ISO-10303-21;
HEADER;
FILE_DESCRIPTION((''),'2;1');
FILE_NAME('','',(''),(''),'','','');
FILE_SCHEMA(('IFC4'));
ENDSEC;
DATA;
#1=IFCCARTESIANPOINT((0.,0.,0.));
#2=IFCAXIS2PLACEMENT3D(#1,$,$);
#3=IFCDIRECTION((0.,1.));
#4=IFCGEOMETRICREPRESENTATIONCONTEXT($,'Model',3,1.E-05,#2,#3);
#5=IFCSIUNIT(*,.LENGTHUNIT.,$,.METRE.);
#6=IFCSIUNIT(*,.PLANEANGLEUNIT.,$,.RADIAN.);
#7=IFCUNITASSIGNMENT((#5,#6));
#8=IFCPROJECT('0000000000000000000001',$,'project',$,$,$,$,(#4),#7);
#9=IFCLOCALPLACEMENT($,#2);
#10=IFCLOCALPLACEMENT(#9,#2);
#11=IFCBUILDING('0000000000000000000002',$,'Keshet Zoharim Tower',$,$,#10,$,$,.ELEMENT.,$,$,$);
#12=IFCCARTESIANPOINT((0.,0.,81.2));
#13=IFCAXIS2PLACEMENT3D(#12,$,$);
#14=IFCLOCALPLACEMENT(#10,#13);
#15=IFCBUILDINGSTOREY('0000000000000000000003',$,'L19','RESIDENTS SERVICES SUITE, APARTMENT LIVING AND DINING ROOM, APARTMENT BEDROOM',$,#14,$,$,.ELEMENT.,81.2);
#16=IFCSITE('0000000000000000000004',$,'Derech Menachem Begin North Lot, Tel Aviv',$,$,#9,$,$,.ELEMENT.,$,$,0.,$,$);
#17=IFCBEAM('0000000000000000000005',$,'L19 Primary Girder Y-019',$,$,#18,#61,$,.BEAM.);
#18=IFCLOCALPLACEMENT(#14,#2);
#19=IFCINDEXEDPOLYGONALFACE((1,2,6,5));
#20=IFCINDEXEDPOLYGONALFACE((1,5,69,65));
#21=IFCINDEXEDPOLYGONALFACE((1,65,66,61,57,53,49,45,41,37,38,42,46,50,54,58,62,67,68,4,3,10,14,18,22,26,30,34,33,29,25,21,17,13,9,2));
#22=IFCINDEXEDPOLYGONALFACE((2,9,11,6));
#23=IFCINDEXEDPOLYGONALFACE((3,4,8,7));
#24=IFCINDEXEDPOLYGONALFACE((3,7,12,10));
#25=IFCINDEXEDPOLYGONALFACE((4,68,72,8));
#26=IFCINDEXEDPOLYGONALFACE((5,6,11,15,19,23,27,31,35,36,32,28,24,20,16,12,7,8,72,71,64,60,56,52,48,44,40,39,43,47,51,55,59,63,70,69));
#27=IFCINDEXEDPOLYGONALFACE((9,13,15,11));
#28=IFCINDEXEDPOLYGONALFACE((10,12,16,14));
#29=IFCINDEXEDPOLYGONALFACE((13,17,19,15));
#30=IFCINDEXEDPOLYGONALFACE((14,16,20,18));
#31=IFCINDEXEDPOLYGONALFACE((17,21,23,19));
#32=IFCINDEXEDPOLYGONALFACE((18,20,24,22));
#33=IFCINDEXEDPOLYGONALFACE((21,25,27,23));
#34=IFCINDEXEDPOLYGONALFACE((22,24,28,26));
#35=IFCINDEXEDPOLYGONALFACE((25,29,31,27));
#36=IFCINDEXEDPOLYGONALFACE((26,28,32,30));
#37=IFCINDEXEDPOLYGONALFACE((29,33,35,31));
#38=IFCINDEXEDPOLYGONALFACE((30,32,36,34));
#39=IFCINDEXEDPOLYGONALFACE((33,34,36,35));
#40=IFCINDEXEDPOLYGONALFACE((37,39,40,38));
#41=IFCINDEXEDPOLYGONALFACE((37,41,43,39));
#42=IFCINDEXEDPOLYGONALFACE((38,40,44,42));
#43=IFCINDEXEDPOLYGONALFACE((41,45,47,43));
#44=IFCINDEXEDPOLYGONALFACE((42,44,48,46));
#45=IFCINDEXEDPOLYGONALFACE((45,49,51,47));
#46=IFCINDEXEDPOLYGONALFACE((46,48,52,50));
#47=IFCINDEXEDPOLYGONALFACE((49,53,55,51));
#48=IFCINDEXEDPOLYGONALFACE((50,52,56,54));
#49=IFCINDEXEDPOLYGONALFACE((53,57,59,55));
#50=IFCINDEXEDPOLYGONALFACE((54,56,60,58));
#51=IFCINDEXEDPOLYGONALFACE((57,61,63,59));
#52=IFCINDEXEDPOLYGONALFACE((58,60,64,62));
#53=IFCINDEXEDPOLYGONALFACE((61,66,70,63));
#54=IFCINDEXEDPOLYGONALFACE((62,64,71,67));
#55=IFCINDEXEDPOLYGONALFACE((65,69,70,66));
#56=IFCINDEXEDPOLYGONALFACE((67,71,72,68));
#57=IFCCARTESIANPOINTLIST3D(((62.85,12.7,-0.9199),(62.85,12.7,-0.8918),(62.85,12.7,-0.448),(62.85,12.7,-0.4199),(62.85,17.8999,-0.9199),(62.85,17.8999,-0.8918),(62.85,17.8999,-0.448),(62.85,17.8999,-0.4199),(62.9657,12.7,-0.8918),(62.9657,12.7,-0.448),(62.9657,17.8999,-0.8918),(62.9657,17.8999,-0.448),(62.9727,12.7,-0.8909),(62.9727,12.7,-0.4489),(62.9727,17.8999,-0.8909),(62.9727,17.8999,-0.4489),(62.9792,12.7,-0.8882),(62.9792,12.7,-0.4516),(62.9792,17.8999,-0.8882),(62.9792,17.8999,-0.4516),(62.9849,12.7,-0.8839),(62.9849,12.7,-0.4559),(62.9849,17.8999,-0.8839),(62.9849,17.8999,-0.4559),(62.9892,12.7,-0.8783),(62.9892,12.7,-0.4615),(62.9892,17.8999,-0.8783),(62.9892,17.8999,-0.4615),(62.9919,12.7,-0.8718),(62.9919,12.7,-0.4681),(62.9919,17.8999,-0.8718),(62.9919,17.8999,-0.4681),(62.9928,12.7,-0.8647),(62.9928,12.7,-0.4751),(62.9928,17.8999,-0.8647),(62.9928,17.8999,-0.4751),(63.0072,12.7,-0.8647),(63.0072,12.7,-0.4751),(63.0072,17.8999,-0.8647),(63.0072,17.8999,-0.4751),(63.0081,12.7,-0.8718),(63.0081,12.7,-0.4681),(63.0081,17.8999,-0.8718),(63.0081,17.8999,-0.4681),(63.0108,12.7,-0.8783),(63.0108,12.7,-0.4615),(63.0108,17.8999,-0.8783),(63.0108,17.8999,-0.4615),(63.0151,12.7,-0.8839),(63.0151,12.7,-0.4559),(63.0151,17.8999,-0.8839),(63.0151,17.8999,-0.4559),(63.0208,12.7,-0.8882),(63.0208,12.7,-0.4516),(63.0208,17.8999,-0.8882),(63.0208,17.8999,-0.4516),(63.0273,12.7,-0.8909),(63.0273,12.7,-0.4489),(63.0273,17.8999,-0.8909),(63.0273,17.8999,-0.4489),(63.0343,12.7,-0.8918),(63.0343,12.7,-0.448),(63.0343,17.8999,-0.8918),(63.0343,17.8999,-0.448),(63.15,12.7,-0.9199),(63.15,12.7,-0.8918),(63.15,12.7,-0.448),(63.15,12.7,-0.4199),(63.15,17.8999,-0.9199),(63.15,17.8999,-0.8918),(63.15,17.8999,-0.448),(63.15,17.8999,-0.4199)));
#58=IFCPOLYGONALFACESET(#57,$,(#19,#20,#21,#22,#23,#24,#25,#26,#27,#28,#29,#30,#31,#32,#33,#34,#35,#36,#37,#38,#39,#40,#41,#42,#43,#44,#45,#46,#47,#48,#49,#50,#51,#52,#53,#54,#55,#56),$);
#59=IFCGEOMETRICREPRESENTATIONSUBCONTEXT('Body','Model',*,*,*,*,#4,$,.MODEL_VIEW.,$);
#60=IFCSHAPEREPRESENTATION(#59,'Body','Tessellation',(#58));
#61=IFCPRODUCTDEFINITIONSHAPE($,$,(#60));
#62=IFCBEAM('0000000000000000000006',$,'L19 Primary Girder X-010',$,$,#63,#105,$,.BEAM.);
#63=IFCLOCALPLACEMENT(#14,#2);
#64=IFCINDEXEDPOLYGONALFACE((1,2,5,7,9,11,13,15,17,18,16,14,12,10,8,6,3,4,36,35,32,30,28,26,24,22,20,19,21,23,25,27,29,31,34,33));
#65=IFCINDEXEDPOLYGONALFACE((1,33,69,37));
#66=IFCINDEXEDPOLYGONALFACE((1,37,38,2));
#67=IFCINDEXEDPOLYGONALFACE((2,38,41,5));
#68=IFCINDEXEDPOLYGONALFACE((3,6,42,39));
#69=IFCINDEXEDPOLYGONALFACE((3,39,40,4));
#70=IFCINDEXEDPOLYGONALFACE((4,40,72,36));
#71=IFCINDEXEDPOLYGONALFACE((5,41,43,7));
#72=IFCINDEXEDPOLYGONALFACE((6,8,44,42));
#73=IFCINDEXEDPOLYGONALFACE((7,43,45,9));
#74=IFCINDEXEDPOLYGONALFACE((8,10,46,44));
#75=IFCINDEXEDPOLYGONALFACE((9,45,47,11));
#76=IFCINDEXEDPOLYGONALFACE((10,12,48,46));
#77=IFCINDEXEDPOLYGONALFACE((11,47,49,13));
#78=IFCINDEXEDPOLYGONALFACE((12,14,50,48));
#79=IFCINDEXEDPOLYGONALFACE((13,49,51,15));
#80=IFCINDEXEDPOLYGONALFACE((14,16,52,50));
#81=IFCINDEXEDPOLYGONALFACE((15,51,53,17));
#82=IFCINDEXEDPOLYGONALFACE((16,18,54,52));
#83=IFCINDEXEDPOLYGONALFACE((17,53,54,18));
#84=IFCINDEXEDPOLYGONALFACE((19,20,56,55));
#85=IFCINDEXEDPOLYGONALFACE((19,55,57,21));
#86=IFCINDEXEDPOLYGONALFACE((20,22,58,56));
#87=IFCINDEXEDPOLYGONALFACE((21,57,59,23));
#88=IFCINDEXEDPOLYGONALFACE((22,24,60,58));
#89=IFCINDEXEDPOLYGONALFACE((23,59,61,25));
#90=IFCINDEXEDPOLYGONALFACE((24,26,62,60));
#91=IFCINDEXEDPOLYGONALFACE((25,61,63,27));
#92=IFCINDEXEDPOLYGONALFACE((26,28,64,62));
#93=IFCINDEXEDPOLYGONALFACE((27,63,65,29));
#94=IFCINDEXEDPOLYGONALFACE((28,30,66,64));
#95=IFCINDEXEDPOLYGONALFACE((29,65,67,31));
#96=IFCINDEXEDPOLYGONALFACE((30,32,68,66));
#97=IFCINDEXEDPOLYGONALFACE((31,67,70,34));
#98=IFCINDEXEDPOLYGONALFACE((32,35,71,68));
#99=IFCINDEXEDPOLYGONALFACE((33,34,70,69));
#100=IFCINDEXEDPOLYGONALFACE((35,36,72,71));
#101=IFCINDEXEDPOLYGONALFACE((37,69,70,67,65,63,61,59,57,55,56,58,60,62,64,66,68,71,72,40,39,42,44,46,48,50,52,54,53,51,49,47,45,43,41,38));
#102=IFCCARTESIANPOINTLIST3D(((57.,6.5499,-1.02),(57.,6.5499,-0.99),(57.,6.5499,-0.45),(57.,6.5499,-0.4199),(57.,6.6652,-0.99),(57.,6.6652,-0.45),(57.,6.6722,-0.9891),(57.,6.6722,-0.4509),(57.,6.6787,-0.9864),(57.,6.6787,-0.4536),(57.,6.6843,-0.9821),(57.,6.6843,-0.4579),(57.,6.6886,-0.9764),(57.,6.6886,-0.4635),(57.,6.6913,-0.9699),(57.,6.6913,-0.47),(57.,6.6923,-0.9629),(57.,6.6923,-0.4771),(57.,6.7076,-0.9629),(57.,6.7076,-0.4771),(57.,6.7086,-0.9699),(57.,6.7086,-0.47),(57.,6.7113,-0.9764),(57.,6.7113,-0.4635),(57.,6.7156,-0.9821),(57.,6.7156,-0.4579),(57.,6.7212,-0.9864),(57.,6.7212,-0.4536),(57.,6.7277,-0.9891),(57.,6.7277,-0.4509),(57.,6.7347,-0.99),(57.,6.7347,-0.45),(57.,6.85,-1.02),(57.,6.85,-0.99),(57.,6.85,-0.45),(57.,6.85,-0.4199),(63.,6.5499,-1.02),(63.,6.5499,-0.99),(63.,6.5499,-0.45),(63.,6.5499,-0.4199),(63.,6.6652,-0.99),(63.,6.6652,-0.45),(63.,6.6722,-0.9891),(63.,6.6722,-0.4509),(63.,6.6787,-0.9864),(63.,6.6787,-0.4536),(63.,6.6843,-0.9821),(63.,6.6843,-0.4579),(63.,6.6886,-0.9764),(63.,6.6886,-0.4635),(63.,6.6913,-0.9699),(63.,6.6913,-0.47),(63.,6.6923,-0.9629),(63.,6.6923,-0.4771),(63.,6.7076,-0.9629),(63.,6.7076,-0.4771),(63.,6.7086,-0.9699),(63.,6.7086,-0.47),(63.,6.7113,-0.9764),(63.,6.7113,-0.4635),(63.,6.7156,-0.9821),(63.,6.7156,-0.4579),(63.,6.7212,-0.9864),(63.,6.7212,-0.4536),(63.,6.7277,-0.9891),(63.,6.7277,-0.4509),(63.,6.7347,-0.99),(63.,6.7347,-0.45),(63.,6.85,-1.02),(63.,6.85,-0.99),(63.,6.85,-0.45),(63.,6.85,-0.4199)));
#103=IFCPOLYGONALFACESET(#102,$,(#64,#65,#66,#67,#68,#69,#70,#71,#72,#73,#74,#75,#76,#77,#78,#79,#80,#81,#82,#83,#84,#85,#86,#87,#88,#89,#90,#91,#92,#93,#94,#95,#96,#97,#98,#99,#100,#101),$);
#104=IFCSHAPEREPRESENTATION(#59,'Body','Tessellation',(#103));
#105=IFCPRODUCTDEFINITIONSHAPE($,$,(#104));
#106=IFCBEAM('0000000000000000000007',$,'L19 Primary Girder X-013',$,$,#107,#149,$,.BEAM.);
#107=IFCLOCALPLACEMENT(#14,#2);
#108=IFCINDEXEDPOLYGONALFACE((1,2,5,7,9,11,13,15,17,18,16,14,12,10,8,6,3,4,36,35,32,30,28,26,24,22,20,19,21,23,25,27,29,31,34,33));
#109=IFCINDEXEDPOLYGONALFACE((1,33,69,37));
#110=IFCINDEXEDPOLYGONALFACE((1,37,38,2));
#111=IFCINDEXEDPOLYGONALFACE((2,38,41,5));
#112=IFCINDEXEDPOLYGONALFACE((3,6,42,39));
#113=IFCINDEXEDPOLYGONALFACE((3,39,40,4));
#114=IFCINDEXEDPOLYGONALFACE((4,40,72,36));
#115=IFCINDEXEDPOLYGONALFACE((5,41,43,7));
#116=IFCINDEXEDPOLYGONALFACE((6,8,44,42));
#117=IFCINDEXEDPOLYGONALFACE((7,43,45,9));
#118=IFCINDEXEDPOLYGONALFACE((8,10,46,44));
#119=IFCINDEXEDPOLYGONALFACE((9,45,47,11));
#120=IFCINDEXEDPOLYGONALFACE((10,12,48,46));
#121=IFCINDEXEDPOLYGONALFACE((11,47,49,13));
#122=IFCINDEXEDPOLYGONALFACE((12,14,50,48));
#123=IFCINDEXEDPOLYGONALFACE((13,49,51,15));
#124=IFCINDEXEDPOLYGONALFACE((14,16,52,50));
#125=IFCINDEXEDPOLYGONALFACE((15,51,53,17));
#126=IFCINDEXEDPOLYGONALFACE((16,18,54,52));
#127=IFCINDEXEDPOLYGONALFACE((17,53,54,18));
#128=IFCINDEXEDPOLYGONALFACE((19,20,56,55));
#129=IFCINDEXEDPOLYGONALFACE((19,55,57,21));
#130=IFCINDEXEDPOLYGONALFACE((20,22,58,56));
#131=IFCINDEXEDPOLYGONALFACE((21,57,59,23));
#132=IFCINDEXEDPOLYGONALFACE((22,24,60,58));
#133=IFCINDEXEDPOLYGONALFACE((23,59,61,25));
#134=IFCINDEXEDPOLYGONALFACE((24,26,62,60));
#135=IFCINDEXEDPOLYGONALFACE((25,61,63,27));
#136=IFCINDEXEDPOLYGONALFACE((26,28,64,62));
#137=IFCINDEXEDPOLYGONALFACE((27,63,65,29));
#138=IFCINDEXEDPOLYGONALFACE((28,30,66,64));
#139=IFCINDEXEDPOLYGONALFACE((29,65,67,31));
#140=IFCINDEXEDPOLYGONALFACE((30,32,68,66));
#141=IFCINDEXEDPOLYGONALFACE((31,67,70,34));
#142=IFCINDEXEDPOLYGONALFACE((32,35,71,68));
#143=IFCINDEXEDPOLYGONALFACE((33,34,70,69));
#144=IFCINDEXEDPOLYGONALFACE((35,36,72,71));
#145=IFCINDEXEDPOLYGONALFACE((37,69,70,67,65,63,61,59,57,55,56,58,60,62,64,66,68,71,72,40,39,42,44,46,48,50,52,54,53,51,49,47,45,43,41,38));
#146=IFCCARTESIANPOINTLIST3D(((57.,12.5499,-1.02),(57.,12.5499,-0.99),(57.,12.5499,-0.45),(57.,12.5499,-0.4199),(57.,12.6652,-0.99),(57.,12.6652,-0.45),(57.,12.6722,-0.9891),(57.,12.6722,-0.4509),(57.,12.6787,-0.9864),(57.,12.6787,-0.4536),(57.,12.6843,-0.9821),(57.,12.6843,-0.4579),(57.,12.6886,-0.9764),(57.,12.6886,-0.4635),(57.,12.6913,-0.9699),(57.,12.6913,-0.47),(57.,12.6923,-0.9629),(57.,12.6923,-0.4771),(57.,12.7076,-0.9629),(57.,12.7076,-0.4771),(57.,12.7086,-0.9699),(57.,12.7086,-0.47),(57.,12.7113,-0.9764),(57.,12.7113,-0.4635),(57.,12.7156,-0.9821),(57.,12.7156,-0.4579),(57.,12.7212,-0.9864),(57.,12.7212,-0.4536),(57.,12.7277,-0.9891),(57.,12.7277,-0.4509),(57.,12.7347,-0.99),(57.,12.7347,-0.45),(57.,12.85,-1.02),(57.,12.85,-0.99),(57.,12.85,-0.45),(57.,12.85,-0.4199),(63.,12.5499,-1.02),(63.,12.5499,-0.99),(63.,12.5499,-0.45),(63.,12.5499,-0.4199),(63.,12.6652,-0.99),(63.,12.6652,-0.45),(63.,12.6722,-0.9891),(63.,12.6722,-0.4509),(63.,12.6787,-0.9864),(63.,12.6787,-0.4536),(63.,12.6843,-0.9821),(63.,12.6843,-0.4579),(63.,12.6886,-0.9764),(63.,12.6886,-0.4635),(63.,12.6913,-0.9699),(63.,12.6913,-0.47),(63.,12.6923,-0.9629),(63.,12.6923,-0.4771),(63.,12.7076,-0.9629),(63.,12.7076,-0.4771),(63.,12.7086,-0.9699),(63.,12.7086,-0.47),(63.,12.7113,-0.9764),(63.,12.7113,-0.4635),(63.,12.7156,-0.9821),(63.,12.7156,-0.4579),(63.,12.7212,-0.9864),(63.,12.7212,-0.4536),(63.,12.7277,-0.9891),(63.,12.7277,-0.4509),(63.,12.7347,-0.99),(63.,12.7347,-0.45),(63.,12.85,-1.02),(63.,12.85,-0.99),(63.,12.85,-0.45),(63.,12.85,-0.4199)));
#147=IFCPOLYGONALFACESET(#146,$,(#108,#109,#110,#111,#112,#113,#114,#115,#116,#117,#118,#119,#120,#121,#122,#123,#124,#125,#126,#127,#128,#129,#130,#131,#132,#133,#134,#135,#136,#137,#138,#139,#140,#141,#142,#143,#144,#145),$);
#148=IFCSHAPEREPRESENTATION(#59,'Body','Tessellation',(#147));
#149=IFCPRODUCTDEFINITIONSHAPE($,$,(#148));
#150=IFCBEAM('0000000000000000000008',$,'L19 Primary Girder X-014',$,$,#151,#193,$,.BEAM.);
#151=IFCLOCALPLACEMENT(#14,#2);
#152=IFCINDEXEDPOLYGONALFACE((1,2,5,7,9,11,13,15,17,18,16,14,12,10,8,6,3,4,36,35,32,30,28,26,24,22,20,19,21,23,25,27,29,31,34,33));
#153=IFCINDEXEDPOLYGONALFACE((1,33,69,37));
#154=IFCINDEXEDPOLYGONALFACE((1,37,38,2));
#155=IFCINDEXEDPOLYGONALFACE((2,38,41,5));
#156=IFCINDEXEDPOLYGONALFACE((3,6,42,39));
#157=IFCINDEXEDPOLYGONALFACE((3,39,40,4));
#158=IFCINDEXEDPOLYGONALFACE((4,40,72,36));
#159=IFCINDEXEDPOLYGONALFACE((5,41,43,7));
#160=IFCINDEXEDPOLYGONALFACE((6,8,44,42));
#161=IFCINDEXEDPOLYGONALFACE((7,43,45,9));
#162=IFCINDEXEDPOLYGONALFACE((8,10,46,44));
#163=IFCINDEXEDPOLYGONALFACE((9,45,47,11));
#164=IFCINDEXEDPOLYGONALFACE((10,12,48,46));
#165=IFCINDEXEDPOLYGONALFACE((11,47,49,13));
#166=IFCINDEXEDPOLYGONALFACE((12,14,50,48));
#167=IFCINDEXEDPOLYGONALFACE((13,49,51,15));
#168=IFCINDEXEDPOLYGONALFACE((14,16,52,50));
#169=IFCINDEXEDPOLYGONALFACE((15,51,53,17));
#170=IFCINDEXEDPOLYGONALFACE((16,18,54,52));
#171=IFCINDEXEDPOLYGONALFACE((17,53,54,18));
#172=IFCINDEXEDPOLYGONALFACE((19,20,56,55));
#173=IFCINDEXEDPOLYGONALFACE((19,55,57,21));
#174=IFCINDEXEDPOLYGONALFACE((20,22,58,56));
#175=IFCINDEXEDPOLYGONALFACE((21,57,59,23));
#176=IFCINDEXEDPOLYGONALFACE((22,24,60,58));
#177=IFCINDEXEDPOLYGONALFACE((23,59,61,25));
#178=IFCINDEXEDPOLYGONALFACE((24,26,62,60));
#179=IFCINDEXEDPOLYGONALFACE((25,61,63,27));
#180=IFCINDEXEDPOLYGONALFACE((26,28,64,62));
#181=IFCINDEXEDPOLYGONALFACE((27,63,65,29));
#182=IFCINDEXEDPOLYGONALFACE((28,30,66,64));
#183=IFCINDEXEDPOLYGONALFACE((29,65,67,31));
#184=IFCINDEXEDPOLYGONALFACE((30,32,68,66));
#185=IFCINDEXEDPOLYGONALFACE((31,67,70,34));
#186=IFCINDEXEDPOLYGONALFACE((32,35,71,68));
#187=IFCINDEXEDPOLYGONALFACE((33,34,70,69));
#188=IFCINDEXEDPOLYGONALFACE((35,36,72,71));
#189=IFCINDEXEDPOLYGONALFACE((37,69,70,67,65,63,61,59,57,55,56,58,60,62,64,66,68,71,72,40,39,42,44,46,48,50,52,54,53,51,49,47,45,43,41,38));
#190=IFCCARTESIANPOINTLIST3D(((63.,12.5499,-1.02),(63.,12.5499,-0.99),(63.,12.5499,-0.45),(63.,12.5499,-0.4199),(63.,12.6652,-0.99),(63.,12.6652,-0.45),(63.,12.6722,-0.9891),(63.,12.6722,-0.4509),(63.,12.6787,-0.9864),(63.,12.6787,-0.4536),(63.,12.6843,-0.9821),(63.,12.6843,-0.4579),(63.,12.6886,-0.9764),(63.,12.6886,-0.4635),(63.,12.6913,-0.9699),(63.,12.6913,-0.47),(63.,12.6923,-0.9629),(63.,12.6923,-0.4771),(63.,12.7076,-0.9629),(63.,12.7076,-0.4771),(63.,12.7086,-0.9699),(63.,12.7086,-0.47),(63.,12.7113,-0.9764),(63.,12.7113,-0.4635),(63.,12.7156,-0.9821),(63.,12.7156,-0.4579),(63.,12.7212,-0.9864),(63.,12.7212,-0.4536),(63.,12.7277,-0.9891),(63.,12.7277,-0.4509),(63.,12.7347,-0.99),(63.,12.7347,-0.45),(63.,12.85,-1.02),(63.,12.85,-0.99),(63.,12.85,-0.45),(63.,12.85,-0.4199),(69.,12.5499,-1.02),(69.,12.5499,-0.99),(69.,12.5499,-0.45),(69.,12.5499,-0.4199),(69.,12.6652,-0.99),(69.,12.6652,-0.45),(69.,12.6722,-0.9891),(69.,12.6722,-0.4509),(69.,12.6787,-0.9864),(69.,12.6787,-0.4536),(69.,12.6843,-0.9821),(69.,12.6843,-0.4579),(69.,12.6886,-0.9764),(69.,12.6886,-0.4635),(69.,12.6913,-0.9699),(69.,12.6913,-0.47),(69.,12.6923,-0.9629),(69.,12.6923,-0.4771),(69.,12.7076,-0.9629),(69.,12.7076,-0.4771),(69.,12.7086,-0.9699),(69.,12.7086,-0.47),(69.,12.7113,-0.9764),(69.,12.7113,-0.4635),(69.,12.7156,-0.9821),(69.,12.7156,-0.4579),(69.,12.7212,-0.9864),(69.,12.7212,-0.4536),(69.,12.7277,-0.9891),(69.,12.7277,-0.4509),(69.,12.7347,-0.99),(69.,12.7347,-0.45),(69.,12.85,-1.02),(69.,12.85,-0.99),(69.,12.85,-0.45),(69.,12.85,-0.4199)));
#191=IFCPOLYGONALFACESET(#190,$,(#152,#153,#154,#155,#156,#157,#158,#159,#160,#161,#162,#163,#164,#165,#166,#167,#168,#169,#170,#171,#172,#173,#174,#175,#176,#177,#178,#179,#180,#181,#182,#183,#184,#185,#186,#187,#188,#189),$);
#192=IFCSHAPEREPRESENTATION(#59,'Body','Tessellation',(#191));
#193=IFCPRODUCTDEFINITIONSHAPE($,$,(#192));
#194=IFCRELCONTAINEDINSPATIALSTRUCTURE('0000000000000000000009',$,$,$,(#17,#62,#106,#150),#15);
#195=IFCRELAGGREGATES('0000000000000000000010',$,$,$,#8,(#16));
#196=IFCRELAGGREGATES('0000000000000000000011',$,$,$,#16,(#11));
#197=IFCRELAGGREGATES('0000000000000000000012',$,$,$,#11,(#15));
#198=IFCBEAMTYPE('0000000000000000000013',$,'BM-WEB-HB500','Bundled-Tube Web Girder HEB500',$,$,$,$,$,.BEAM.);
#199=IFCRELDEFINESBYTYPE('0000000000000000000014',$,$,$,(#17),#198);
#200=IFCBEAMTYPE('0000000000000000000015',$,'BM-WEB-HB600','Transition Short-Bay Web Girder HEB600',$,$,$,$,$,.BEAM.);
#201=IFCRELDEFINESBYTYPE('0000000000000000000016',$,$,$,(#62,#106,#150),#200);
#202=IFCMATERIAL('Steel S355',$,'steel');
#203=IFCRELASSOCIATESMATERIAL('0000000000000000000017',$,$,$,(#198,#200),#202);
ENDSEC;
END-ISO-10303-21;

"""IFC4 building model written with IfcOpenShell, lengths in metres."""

from ifc_helpers import new_model, si_unit, direction, frame, origin, origin_2d, place, context, subcontext, project, spatial, i_section, extrude, material, material_profile, profile_set, type_object, element, save


model = new_model("IFC4")

# Units and contexts
model_context = context("Model", 3, precision=1e-05, world=origin(), true_north=direction((0.0, 1.0)))
body_context = subcontext(model_context, "Body", "Model", "MODEL_VIEW")
ifc_project = project(units=[si_unit("LENGTHUNIT", "METRE"), si_unit("PLANEANGLEUNIT", "RADIAN")], contexts=[model_context])

# Site, building, storey
site_placement = place(None, origin())
site = spatial("IfcSite", under=ifc_project, at=site_placement, Name="Derech Menachem Begin North Lot, Tel Aviv", CompositionType="ELEMENT", RefElevation=0.0)
building_placement = place(site_placement, origin())
building = spatial("IfcBuilding", under=site, at=building_placement, Name="Keshet Zoharim Tower", CompositionType="ELEMENT")
storey_placement = place(building_placement, frame((0.0, 0.0, 81.2)))
storey = spatial("IfcBuildingStorey", under=building, at=storey_placement, Name="L19", Description="RESIDENTS SERVICES SUITE, APARTMENT LIVING AND DINING ROOM, APARTMENT BEDROOM", CompositionType="ELEMENT", Elevation=81.2)

# Beams
ifc_material_1 = material(Name="Steel S355", Category="steel")
ifc_material_profile_1 = material_profile(ifc_material_1, i_section(OverallWidth=0.3, OverallDepth=0.5, WebThickness=0.0144, FlangeThickness=0.0281, FilletRadius=0.0271, at=origin_2d()), Name="HEB500")
ifc_profile_set_1 = profile_set([ifc_material_profile_1], Name="Steel S355")
beam_type_1 = type_object("IfcBeamType", Name="BM-WEB-HB500", Description="Bundled-Tube Web Girder HEB500", PredefinedType="BEAM", material=ifc_profile_set_1)
beam_1_placement = place(storey_placement, frame((63.0, 12.7, -0.6699), z_axis=(0.0, 1.0, 0.0), x_axis=(-1.0, 0.0, 0.0)))
element("IfcBeam", 1, at=beam_1_placement, inside=storey, type_object=beam_type_1, Name="L19 Primary Girder Y-019", PredefinedType="BEAM", context=body_context, shape_type="SweptSolid", body=[
    extrude(i_section(OverallWidth=0.3, OverallDepth=0.5, WebThickness=0.0144, FlangeThickness=0.0281, FilletRadius=0.0271, at=origin_2d()), origin(), (0.0, 0.0, 1.0), 5.2),
])
ifc_material_profile_2 = material_profile(ifc_material_1, i_section(OverallWidth=0.3, OverallDepth=0.6001, WebThickness=0.0154, FlangeThickness=0.03, FilletRadius=0.0271, at=origin_2d()), Name="HEB600")
ifc_profile_set_2 = profile_set([ifc_material_profile_2], Name="Steel S355")
beam_type_2 = type_object("IfcBeamType", Name="BM-WEB-HB600", Description="Transition Short-Bay Web Girder HEB600", PredefinedType="BEAM", material=ifc_profile_set_2)
for number, where, z_axis, x_axis, name in (
    (2, (57.0, 6.7, -0.72), (1.0, 0.0, 0.0), (0.0, 1.0, 0.0), "L19 Primary Girder X-010"),
    (3, (57.0, 12.7, -0.72), (1.0, 0.0, 0.0), (0.0, 1.0, 0.0), "L19 Primary Girder X-013"),
    (4, (63.0, 12.7, -0.72), (1.0, 0.0, 0.0), (0.0, 1.0, 0.0), "L19 Primary Girder X-014"),
):
    element("IfcBeam", number, at=place(storey_placement, frame(where, z_axis=z_axis, x_axis=x_axis)), inside=storey, type_object=beam_type_2, Name=name, PredefinedType="BEAM", context=body_context, shape_type="SweptSolid", body=[
        extrude(i_section(OverallWidth=0.3, OverallDepth=0.6001, WebThickness=0.0154, FlangeThickness=0.03, FilletRadius=0.0271, at=origin_2d()), origin(), (0.0, 0.0, 1.0), 6.0),
    ])

save(model, "model.ifc")
